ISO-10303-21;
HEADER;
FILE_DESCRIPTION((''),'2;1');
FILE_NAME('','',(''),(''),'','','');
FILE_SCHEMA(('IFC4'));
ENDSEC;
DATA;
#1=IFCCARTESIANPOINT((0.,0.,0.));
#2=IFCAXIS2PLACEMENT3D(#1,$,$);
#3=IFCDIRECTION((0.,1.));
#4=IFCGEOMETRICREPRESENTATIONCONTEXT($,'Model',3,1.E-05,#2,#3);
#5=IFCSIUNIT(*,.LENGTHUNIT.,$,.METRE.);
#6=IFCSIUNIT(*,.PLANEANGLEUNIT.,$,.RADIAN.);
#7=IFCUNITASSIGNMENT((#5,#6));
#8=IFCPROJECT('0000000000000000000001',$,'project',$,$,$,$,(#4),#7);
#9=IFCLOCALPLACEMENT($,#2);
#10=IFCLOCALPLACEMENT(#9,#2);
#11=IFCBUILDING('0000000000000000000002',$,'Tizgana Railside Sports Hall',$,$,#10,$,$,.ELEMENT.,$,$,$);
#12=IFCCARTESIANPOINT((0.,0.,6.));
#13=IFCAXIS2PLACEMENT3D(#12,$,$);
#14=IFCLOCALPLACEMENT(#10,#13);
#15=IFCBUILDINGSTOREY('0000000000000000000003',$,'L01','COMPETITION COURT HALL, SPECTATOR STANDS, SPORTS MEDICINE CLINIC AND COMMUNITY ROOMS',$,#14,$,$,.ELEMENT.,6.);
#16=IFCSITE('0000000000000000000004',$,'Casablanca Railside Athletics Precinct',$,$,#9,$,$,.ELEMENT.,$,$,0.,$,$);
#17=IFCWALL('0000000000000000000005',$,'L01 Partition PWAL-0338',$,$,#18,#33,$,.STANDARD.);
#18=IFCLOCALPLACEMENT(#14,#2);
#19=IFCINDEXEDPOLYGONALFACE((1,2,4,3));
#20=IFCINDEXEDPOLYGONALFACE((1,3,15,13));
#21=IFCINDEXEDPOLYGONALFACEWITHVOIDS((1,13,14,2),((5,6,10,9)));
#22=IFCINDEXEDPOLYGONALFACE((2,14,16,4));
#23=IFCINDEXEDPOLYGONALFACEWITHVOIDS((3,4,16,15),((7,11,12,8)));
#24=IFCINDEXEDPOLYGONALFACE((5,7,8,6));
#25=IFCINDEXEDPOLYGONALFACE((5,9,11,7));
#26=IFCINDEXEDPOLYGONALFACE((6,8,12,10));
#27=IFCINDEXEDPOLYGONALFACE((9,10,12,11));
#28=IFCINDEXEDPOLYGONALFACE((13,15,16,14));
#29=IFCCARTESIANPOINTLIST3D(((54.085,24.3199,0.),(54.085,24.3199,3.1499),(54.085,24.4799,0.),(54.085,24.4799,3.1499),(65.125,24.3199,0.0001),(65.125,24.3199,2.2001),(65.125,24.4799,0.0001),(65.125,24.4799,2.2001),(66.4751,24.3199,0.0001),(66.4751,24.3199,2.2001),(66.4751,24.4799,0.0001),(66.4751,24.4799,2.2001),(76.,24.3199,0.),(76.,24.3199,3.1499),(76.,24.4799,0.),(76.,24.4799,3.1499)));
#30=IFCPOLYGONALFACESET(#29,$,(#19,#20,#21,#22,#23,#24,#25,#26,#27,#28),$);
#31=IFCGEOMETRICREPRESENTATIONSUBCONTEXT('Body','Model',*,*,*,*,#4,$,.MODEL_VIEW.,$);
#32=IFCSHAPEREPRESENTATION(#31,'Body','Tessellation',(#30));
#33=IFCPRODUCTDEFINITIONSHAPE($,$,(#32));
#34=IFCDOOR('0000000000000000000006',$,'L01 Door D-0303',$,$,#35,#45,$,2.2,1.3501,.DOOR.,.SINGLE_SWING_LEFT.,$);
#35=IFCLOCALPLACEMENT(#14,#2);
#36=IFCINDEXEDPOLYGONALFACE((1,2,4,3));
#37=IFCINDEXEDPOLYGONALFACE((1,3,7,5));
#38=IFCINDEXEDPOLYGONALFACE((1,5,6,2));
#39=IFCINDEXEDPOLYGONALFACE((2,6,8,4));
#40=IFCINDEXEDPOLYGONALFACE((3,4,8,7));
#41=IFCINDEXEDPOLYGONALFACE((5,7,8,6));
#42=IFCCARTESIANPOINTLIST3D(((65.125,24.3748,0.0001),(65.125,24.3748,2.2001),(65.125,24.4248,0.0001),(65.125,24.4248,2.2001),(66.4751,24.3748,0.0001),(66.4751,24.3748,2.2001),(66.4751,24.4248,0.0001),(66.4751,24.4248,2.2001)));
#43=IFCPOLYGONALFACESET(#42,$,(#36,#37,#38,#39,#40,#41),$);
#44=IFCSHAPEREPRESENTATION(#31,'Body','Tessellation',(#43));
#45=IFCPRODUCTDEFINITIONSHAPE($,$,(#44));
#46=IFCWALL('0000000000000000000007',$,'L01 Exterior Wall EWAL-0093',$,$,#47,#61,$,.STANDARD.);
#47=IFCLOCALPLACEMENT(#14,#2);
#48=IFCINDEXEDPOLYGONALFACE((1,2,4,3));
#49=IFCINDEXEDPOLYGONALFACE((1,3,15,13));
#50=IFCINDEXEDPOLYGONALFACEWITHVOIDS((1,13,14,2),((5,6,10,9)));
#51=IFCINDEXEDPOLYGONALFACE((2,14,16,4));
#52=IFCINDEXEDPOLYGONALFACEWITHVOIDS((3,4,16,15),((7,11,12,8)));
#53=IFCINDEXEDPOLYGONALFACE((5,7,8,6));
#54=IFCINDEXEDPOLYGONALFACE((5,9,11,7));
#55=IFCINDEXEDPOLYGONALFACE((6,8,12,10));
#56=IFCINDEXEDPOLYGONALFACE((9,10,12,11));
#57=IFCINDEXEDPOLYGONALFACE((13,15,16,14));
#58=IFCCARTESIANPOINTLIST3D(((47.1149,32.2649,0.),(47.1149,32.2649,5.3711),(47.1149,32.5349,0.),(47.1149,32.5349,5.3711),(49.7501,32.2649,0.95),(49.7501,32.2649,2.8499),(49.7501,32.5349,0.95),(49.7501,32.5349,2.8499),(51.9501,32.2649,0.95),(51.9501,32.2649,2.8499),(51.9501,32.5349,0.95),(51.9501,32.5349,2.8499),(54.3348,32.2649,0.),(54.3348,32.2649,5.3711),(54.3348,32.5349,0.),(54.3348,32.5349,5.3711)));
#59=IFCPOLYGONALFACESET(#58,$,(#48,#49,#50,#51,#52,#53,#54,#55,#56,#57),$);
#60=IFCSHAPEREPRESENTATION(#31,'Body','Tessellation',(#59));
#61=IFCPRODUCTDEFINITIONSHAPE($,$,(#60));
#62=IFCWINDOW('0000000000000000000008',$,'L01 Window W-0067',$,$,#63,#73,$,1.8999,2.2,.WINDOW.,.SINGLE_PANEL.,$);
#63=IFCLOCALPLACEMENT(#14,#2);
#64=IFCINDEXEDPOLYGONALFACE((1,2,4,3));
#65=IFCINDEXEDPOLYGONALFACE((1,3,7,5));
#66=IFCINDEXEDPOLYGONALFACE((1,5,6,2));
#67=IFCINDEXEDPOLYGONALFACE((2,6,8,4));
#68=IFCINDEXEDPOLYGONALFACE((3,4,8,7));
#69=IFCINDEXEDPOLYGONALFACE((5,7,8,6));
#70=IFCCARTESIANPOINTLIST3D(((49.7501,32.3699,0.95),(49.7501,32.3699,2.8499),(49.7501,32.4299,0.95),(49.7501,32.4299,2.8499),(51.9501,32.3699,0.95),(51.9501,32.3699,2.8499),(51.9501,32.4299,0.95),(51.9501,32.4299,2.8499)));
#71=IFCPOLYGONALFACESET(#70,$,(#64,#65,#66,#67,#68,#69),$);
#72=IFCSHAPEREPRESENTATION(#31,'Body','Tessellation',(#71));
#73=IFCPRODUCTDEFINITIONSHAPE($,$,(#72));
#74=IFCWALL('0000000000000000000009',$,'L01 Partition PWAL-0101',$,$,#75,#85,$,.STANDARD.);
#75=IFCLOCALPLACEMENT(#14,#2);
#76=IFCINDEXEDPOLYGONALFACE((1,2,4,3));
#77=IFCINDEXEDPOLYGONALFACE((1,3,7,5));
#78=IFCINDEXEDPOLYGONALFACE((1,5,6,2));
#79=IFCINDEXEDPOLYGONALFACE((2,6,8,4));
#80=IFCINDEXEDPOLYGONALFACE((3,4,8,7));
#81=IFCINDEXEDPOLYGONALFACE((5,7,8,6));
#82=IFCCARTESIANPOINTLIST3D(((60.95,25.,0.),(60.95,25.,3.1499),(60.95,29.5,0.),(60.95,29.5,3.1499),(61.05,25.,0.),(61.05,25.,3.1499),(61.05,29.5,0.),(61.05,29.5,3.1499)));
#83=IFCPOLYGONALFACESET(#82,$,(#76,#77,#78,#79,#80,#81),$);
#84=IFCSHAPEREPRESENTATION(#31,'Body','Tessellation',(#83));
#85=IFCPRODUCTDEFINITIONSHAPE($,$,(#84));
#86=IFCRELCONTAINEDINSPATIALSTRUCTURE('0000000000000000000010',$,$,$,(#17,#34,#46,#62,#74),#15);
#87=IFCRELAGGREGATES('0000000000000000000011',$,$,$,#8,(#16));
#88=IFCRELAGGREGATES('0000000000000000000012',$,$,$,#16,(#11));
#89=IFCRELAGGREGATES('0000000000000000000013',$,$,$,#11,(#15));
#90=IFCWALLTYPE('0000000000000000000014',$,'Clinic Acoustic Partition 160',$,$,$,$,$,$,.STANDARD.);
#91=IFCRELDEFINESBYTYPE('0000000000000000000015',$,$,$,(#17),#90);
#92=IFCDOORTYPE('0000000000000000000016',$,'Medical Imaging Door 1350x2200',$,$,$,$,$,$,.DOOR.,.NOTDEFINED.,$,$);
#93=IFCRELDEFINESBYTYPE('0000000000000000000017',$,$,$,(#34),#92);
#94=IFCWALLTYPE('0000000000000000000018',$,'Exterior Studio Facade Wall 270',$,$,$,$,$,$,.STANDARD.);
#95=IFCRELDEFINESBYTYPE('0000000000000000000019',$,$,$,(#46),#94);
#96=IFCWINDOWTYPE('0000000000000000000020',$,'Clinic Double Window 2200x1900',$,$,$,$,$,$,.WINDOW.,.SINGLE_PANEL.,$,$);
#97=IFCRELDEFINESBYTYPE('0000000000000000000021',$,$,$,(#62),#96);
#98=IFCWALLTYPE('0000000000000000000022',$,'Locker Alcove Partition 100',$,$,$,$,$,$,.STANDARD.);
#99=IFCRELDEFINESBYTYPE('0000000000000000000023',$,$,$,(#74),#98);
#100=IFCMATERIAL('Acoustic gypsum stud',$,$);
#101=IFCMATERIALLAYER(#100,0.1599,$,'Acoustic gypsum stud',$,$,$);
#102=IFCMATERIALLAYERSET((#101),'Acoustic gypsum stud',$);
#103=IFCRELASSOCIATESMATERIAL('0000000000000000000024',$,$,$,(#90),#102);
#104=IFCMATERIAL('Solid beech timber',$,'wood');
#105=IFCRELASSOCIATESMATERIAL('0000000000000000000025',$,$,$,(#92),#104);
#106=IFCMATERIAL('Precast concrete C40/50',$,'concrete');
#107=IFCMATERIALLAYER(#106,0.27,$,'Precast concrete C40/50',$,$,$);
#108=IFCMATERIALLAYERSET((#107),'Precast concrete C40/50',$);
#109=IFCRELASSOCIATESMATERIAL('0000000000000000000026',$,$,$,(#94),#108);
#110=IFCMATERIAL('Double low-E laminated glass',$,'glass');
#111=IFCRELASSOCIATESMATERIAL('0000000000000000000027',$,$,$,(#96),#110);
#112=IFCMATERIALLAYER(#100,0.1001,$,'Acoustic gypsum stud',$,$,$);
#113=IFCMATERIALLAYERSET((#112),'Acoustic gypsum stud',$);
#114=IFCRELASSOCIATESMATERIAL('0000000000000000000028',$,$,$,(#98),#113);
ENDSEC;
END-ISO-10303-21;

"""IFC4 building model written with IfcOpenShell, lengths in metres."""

from ifc_helpers import new_model, si_unit, direction, frame, frame_2d, origin, place, context, subcontext, project, spatial, rectangle, extrude, material, layer, layer_set, type_object, element, fill, save


model = new_model("IFC4")

# Units and contexts
model_context = context("Model", 3, precision=1e-05, world=origin(), true_north=direction((0.0, 1.0)))
body_context = subcontext(model_context, "Body", "Model", "MODEL_VIEW")
ifc_project = project(units=[si_unit("LENGTHUNIT", "METRE"), si_unit("PLANEANGLEUNIT", "RADIAN")], contexts=[model_context])

# Site, building, storey
site_placement = place(None, origin())
site = spatial("IfcSite", under=ifc_project, at=site_placement, Name="Casablanca Railside Athletics Precinct", CompositionType="ELEMENT", RefElevation=0.0)
building_placement = place(site_placement, origin())
building = spatial("IfcBuilding", under=site, at=building_placement, Name="Tizgana Railside Sports Hall", CompositionType="ELEMENT")
storey_placement = place(building_placement, frame((0.0, 0.0, 6.0)))
storey = spatial("IfcBuildingStorey", under=building, at=storey_placement, Name="L01", Description="COMPETITION COURT HALL, SPECTATOR STANDS, SPORTS MEDICINE CLINIC AND COMMUNITY ROOMS", CompositionType="ELEMENT", Elevation=6.0)

# Wall, opening, door
ifc_material_1 = material(Name="Acoustic gypsum stud")
ifc_layer_1 = layer(ifc_material_1, 0.1599, Name="Acoustic gypsum stud")
ifc_layer_set_1 = layer_set([ifc_layer_1], Name="Acoustic gypsum stud")
wall_type_1 = type_object("IfcWallType", Name="Clinic Acoustic Partition 160", PredefinedType="STANDARD", material=ifc_layer_set_1)
wall_1_placement = place(storey_placement, frame((54.085, 24.3999, 0.0), z_axis=(0.0, 0.0, 1.0), x_axis=(1.0, 0.0, 0.0)))
wall_1 = element("IfcWall", 1, at=wall_1_placement, inside=storey, type_object=wall_type_1, Name="L01 Partition PWAL-0338", PredefinedType="STANDARD", context=body_context, shape_type="SweptSolid", body=[
    extrude(rectangle(XDim=21.915, YDim=0.1599, at=frame_2d((10.9575, 0.0))), origin(), (0.0, 0.0, 1.0), 3.1499),
])
opening_1_placement = place(wall_1_placement, frame((11.04, 0.0, 0.0)))
opening_1 = element("IfcOpeningElement", 2, at=opening_1_placement, cuts=wall_1, PredefinedType="OPENING", context=body_context, shape_type="SweptSolid", body=[
    extrude(rectangle(XDim=1.3501, YDim=2.2, at=frame_2d((0.675, 1.1001))), frame((0.0, 0.0898, 0.0), z_axis=(0.0, -1.0, 0.0), x_axis=(1.0, 0.0, 0.0)), (0.0, 0.0, 1.0), 0.1799),
])
ifc_material_2 = material(Name="Solid beech timber", Category="wood")
door_type = type_object("IfcDoorType", Name="Medical Imaging Door 1350x2200", OperationType="NOTDEFINED", PredefinedType="DOOR", material=ifc_material_2)
door_placement = place(opening_1_placement, origin())
door = element("IfcDoor", 3, at=door_placement, inside=storey, type_object=door_type, Name="L01 Door D-0303", OperationType="SINGLE_SWING_LEFT", OverallHeight=2.2, OverallWidth=1.3501, PredefinedType="DOOR", context=body_context, shape_type="SweptSolid", body=[
    extrude(rectangle(XDim=1.3501, YDim=2.2, at=frame_2d((0.675, 1.1001))), frame((0.0, 0.0249, 0.0), z_axis=(0.0, -1.0, 0.0), x_axis=(1.0, 0.0, 0.0)), (0.0, 0.0, 1.0), 0.05),
])
fill(opening_1, door)

# Wall, opening, window
ifc_material_3 = material(Name="Precast concrete C40/50", Category="concrete")
ifc_layer_2 = layer(ifc_material_3, 0.27, Name="Precast concrete C40/50")
ifc_layer_set_2 = layer_set([ifc_layer_2], Name="Precast concrete C40/50")
wall_type_2 = type_object("IfcWallType", Name="Exterior Studio Facade Wall 270", PredefinedType="STANDARD", material=ifc_layer_set_2)
wall_2_placement = place(storey_placement, frame((47.115, 32.3999, 0.0), z_axis=(0.0, 0.0, 1.0), x_axis=(1.0, 0.0, 0.0)))
wall_2 = element("IfcWall", 4, at=wall_2_placement, inside=storey, type_object=wall_type_2, Name="L01 Exterior Wall EWAL-0093", PredefinedType="STANDARD", context=body_context, shape_type="SweptSolid", body=[
    extrude(rectangle(XDim=7.22, YDim=0.27, at=frame_2d((3.6099, 0.0))), origin(), (0.0, 0.0, 1.0), 5.3711),
])
opening_2_placement = place(wall_2_placement, frame((2.635, 0.0, 0.95)))
opening_2 = element("IfcOpeningElement", 5, at=opening_2_placement, cuts=wall_2, PredefinedType="OPENING", context=body_context, shape_type="SweptSolid", body=[
    extrude(rectangle(XDim=2.2, YDim=1.8999, at=frame_2d((1.1001, 0.95))), frame((0.0, 0.145, 0.0), z_axis=(0.0, -1.0, 0.0), x_axis=(1.0, 0.0, 0.0)), (0.0, 0.0, 1.0), 0.29),
])
ifc_material_4 = material(Name="Double low-E laminated glass", Category="glass")
window_type = type_object("IfcWindowType", Name="Clinic Double Window 2200x1900", PartitioningType="SINGLE_PANEL", PredefinedType="WINDOW", material=ifc_material_4)
window_placement = place(opening_2_placement, origin())
window = element("IfcWindow", 6, at=window_placement, inside=storey, type_object=window_type, Name="L01 Window W-0067", OverallHeight=1.8999, OverallWidth=2.2, PartitioningType="SINGLE_PANEL", PredefinedType="WINDOW", context=body_context, shape_type="SweptSolid", body=[
    extrude(rectangle(XDim=2.2, YDim=1.8999, at=frame_2d((1.1001, 0.95))), frame((0.0, 0.03, 0.0), z_axis=(0.0, -1.0, 0.0), x_axis=(1.0, 0.0, 0.0)), (0.0, 0.0, 1.0), 0.0601),
])
fill(opening_2, window)

# Wall
ifc_layer_3 = layer(ifc_material_1, 0.1001, Name="Acoustic gypsum stud")
ifc_layer_set_3 = layer_set([ifc_layer_3], Name="Acoustic gypsum stud")
wall_type_3 = type_object("IfcWallType", Name="Locker Alcove Partition 100", PredefinedType="STANDARD", material=ifc_layer_set_3)
wall_3_placement = place(storey_placement, frame((61.0, 25.0, 0.0), z_axis=(0.0, 0.0, 1.0), x_axis=(0.0, 1.0, 0.0)))
element("IfcWall", 7, at=wall_3_placement, inside=storey, type_object=wall_type_3, Name="L01 Partition PWAL-0101", PredefinedType="STANDARD", context=body_context, shape_type="SweptSolid", body=[
    extrude(rectangle(XDim=4.5, YDim=0.1001, at=frame_2d((2.25, 0.0))), origin(), (0.0, 0.0, 1.0), 3.1499),
])

save(model, "model.ifc")
